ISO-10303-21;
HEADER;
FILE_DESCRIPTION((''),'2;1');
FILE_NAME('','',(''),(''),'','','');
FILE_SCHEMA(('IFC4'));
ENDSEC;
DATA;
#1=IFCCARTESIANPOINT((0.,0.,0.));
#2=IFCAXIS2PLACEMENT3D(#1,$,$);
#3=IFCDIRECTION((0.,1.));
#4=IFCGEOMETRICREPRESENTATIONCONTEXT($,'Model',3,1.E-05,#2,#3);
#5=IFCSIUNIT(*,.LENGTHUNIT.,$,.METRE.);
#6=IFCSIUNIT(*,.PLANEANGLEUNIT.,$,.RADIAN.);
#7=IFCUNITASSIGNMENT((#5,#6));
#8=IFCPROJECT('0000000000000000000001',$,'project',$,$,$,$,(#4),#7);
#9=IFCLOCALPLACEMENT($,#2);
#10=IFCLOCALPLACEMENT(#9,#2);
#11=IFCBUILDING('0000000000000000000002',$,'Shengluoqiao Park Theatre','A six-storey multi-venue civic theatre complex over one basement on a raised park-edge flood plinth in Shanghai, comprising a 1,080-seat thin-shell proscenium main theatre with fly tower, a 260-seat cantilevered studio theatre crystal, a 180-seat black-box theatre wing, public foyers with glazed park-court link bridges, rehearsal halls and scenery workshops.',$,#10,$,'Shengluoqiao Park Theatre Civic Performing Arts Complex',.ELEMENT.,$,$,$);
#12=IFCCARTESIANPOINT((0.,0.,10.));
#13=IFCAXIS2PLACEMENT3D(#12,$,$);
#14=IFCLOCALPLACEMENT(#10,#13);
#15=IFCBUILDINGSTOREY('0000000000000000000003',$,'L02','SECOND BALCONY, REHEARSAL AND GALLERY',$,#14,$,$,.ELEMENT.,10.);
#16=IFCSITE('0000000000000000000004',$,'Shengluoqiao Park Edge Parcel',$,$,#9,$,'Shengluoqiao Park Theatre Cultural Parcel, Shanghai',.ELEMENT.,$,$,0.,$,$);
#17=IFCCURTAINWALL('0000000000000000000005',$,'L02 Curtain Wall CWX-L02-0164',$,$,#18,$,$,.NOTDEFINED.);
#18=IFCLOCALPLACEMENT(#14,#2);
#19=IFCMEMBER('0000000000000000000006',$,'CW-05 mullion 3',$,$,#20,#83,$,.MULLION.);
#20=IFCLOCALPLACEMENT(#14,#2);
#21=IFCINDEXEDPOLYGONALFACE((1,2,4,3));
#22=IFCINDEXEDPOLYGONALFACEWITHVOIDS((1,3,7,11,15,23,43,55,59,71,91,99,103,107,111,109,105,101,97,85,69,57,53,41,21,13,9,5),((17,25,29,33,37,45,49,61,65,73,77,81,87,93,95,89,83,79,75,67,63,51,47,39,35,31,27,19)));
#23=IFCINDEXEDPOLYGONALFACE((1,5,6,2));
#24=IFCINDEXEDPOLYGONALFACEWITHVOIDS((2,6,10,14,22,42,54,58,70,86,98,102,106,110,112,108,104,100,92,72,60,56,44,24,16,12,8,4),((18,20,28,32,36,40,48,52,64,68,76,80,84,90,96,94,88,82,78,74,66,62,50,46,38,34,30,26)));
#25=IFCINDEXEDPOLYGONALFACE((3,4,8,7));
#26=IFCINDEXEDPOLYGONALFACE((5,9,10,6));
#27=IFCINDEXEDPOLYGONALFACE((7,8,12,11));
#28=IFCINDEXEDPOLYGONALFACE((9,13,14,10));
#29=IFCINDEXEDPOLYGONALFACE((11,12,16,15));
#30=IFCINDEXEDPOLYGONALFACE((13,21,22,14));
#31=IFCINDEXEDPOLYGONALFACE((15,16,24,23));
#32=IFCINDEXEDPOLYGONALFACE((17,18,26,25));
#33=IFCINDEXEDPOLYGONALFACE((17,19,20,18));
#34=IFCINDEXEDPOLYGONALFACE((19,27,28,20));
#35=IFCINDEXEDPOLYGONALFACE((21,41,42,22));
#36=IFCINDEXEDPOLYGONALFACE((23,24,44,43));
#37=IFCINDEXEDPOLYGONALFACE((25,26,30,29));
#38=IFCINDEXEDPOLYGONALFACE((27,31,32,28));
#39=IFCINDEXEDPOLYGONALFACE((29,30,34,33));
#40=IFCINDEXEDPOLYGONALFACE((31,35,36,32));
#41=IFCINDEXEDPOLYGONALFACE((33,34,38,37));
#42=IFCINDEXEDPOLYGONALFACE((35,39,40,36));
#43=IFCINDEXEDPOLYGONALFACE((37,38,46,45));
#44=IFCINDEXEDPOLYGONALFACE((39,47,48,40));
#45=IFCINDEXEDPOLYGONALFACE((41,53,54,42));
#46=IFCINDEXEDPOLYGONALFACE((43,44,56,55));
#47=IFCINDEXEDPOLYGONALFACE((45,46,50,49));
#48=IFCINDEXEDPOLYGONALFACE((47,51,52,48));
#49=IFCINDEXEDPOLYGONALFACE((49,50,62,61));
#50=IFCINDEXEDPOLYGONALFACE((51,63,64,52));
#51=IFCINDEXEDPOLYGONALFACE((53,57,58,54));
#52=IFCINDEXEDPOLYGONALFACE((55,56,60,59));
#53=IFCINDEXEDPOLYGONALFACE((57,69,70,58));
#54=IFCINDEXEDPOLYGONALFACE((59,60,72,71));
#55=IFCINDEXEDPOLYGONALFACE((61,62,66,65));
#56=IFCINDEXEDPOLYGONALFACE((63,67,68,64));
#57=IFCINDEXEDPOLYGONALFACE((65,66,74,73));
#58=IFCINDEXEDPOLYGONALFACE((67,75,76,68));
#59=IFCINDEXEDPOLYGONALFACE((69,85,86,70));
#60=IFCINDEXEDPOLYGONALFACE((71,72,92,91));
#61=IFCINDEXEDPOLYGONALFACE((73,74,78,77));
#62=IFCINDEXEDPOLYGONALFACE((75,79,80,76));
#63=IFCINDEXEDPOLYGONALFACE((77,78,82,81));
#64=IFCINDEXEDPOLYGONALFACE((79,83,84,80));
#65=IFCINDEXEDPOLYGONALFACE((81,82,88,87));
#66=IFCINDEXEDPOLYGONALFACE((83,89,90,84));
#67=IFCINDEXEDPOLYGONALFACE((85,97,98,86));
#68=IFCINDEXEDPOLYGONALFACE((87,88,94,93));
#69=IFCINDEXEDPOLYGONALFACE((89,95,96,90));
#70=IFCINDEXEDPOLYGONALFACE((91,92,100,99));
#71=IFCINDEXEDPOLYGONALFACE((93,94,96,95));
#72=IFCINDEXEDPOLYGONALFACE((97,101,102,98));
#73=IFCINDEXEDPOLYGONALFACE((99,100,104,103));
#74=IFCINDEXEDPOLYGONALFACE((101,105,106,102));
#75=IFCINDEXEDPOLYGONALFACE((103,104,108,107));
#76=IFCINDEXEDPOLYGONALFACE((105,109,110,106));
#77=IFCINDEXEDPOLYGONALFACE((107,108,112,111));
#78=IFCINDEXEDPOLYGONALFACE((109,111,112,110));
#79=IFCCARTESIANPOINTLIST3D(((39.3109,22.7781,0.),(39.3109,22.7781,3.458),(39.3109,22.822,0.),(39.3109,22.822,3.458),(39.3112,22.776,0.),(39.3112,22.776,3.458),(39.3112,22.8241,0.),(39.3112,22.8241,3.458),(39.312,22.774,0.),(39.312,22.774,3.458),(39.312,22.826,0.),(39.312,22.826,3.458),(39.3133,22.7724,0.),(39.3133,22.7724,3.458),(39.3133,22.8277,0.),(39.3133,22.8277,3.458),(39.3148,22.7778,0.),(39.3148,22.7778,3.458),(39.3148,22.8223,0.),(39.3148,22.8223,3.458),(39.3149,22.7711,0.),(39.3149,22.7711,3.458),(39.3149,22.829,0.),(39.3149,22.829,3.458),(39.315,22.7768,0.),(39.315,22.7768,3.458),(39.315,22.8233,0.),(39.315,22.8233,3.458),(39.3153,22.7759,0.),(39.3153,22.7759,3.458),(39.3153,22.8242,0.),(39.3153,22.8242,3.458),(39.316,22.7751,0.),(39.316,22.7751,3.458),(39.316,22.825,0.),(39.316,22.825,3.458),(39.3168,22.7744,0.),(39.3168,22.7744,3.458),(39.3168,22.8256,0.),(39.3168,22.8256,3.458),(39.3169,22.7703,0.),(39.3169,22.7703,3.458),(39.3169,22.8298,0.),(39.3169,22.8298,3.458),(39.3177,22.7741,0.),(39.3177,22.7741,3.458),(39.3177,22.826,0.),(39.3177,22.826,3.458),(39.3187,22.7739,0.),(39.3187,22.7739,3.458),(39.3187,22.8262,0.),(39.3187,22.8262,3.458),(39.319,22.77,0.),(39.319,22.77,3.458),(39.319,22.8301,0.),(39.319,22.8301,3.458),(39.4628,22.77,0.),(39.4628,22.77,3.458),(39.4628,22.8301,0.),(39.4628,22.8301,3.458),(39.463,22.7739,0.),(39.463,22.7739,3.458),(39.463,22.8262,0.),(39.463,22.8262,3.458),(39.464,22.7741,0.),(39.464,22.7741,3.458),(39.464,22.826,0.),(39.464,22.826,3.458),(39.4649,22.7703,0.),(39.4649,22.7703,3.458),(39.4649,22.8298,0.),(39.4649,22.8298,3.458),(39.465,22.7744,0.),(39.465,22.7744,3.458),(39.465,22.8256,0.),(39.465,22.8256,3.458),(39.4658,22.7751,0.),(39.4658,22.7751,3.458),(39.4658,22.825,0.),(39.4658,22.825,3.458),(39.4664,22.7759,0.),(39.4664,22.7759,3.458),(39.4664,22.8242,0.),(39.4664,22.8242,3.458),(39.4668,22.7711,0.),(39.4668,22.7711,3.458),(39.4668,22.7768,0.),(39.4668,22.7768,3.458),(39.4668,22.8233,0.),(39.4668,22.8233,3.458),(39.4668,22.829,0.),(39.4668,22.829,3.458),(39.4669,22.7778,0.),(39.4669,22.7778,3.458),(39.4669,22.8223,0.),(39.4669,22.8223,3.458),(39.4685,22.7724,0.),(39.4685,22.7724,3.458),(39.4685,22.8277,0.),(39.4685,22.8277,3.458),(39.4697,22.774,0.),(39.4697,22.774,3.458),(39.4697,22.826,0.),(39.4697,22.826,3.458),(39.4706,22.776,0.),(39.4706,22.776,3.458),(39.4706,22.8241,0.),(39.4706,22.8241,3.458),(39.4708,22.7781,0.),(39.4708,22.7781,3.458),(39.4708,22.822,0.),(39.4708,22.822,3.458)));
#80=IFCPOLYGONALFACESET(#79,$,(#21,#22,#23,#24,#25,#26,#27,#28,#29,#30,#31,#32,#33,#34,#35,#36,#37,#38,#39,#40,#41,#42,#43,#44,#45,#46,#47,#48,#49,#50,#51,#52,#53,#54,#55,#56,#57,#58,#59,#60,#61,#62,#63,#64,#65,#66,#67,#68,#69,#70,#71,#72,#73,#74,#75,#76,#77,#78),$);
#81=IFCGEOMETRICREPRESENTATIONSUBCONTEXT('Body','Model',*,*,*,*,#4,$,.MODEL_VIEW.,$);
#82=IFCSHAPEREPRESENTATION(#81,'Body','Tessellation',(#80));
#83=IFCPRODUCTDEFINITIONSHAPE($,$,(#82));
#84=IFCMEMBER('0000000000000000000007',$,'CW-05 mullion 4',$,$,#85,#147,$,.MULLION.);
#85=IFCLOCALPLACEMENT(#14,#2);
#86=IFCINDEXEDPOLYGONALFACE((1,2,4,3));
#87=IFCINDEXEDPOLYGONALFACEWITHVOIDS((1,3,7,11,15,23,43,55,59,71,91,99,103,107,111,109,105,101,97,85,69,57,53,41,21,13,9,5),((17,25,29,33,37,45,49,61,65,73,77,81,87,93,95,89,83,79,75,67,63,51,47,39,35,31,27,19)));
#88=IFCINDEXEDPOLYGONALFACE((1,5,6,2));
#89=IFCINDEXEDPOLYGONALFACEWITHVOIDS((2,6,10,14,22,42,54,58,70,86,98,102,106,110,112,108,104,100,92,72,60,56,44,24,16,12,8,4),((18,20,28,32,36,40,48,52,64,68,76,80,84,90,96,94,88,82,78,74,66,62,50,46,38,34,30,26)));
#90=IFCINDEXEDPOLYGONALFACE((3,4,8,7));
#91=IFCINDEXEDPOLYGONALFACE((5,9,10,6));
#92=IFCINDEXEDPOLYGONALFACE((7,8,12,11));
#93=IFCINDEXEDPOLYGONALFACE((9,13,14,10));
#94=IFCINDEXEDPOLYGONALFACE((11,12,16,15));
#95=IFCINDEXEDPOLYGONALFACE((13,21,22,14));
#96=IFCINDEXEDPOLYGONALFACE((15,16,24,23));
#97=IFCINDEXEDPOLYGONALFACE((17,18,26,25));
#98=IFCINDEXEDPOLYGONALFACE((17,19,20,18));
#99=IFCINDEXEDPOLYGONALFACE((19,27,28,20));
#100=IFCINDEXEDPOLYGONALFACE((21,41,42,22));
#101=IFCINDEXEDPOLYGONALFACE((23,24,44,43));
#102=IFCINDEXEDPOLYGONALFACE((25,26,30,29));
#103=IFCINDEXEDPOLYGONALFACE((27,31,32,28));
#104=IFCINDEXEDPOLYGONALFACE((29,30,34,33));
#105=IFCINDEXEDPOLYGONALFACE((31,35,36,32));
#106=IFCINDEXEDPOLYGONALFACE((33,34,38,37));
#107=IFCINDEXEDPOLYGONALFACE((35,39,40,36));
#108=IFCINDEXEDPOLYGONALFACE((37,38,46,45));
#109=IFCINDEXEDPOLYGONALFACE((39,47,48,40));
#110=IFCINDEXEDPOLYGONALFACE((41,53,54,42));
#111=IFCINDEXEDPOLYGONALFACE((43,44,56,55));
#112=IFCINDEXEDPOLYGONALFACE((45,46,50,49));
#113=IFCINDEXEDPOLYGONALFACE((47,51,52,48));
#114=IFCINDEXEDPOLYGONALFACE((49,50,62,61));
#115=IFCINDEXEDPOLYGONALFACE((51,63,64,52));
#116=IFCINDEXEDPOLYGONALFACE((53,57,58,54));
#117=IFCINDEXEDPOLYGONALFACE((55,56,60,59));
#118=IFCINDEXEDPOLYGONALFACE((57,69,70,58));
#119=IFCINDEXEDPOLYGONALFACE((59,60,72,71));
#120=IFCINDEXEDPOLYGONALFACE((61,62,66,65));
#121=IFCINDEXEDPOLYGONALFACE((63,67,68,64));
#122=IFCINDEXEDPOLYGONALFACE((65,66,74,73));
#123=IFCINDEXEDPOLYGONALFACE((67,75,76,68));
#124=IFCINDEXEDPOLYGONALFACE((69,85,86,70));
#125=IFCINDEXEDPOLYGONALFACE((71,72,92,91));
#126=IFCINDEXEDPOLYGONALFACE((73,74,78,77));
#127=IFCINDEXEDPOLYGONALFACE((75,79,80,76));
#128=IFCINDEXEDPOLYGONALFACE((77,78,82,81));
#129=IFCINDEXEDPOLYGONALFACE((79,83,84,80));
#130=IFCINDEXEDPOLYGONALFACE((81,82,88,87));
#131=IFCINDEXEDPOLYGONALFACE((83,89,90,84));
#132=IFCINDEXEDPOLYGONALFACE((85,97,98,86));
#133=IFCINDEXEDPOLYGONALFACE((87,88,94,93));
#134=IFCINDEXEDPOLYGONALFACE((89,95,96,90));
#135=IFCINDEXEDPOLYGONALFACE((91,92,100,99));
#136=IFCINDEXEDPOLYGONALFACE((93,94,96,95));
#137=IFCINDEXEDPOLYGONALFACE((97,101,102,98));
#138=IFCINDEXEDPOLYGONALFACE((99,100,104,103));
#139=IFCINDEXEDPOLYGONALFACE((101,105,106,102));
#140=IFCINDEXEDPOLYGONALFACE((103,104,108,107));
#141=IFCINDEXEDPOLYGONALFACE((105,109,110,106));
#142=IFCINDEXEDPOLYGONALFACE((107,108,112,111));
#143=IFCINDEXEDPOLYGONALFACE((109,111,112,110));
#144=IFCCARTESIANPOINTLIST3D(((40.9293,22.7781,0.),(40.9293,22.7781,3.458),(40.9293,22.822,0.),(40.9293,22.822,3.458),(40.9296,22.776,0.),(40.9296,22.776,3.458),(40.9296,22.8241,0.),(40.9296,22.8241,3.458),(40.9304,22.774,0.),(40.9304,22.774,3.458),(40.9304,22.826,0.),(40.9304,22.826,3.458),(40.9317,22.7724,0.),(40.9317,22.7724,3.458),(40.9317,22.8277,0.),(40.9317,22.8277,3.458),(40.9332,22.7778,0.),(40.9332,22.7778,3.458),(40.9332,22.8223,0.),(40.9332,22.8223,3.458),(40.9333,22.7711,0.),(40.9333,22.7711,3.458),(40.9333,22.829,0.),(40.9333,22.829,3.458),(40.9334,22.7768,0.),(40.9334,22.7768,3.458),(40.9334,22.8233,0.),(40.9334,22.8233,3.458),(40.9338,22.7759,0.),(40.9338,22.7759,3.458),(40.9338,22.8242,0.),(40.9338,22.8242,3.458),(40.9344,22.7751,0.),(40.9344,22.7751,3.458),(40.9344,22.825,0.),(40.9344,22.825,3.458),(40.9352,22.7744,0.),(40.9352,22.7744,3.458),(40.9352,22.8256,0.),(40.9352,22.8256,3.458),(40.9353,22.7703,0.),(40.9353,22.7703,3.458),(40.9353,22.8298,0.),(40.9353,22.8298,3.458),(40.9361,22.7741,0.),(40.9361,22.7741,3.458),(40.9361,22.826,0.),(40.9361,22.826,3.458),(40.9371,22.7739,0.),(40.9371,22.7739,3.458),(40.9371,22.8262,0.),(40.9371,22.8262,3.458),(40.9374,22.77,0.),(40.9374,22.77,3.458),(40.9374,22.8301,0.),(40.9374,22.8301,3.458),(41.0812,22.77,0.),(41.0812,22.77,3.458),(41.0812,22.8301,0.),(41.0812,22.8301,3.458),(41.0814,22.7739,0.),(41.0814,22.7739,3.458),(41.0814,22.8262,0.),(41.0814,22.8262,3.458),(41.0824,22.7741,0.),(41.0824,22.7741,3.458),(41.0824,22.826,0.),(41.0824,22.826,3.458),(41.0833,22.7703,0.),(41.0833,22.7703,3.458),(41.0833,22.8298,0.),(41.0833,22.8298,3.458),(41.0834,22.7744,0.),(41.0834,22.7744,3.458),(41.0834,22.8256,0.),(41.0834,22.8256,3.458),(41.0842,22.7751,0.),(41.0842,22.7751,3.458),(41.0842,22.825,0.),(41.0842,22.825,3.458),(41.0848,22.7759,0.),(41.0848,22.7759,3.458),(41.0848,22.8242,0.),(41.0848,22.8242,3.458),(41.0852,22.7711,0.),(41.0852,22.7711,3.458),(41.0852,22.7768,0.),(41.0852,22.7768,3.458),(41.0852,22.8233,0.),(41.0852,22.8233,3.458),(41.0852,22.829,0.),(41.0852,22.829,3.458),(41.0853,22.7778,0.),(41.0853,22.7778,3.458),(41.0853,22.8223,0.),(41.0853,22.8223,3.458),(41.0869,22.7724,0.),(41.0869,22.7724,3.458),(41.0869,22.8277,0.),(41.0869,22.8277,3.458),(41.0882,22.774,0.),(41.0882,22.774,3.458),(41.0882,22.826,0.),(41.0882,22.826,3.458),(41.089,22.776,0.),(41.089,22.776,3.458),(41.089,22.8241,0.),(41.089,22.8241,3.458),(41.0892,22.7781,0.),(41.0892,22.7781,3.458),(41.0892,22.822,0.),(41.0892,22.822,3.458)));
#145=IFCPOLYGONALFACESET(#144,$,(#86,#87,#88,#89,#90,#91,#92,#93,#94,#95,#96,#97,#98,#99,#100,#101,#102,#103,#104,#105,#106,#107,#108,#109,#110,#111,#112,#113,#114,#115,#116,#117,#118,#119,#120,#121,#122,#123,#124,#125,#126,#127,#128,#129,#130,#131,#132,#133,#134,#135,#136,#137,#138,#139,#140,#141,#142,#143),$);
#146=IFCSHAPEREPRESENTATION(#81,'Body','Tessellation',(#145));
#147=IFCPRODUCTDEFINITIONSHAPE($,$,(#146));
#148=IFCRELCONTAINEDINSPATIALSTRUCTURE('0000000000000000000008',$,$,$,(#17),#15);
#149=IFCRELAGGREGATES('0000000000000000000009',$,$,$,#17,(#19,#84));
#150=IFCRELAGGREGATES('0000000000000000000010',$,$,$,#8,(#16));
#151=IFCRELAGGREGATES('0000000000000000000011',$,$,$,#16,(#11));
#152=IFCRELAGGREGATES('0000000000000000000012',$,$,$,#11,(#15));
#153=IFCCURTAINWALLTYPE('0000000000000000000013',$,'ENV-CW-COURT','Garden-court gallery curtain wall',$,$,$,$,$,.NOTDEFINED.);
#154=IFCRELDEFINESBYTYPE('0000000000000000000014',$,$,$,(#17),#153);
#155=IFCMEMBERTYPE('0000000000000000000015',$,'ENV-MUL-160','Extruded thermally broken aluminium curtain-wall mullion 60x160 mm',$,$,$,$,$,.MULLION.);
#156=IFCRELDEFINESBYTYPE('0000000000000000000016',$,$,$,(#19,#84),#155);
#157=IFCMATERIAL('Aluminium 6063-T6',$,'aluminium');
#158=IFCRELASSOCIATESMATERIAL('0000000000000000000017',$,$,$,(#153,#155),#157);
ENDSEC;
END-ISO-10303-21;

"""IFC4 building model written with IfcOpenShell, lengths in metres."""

from ifc_helpers import new_model, si_unit, direction, frame, origin, origin_2d, place, context, subcontext, project, spatial, hollow_rectangle, extrude, material, material_profile, profile_set, type_object, element, aggregate, save


model = new_model("IFC4")

# Units and contexts
model_context = context("Model", 3, precision=1e-05, world=origin(), true_north=direction((0.0, 1.0)))
body_context = subcontext(model_context, "Body", "Model", "MODEL_VIEW")
ifc_project = project(units=[si_unit("LENGTHUNIT", "METRE"), si_unit("PLANEANGLEUNIT", "RADIAN")], contexts=[model_context])

# Site, building, storey
site_placement = place(None, origin())
site = spatial("IfcSite", under=ifc_project, at=site_placement, Name="Shengluoqiao Park Edge Parcel", LongName="Shengluoqiao Park Theatre Cultural Parcel, Shanghai", CompositionType="ELEMENT", RefElevation=0.0)
building_placement = place(site_placement, origin())
building = spatial("IfcBuilding", under=site, at=building_placement, Name="Shengluoqiao Park Theatre", Description="A six-storey multi-venue civic theatre complex over one basement on a raised park-edge flood plinth in Shanghai, comprising a 1,080-seat thin-shell proscenium main theatre with fly tower, a 260-seat cantilevered studio theatre crystal, a 180-seat black-box theatre wing, public foyers with glazed park-court link bridges, rehearsal halls and scenery workshops.", LongName="Shengluoqiao Park Theatre Civic Performing Arts Complex", CompositionType="ELEMENT")
storey_placement = place(building_placement, frame((0.0, 0.0, 10.0)))
storey = spatial("IfcBuildingStorey", under=building, at=storey_placement, Name="L02", Description="SECOND BALCONY, REHEARSAL AND GALLERY", CompositionType="ELEMENT", Elevation=10.0)

# Curtain wall, members
ifc_material_1 = material(Name="Aluminium 6063-T6", Category="aluminium")
curtain_wall_type = type_object("IfcCurtainWallType", Name="ENV-CW-COURT", Description="Garden-court gallery curtain wall", PredefinedType="NOTDEFINED", material=ifc_material_1)
curtain_wall_placement = place(storey_placement, origin())
curtain_wall = element("IfcCurtainWall", 1, at=curtain_wall_placement, inside=storey, type_object=curtain_wall_type, Name="L02 Curtain Wall CWX-L02-0164", PredefinedType="NOTDEFINED")
ifc_material_profile_1 = material_profile(ifc_material_1, hollow_rectangle(XDim=0.0601, YDim=0.1599, WallThickness=0.0039, InnerFilletRadius=0.0039, OuterFilletRadius=0.0081, at=origin_2d()), Name="ALU MULLION 160x60x4")
ifc_profile_set_1 = profile_set([ifc_material_profile_1], Name="Aluminium 6063-T6")
member_type_1 = type_object("IfcMemberType", Name="ENV-MUL-160", Description="Extruded thermally broken aluminium curtain-wall mullion 60x160 mm", PredefinedType="MULLION", material=ifc_profile_set_1)
member_1_placement = place(storey_placement, frame((39.3909, 22.8, 0.0), z_axis=(0.0, 0.0, 1.0), x_axis=(0.0, 1.0, 0.0)))
member_1 = element("IfcMember", 2, at=member_1_placement, type_object=member_type_1, Name="CW-05 mullion 3", PredefinedType="MULLION", context=body_context, shape_type="SweptSolid", body=[
    extrude(hollow_rectangle(XDim=0.0601, YDim=0.1599, WallThickness=0.0039, InnerFilletRadius=0.0039, OuterFilletRadius=0.0081, at=origin_2d()), origin(), (0.0, 0.0, 1.0), 3.458),
])
member_2_placement = place(storey_placement, frame((41.0093, 22.8, 0.0), z_axis=(0.0, 0.0, 1.0), x_axis=(0.0, 1.0, 0.0)))
member_2 = element("IfcMember", 3, at=member_2_placement, type_object=member_type_1, Name="CW-05 mullion 4", PredefinedType="MULLION", context=body_context, shape_type="SweptSolid", body=[
    extrude(hollow_rectangle(XDim=0.0601, YDim=0.1599, WallThickness=0.0039, InnerFilletRadius=0.0039, OuterFilletRadius=0.0081, at=origin_2d()), origin(), (0.0, 0.0, 1.0), 3.458),
])

aggregate(curtain_wall, [member_1, member_2])

save(model, "model.ifc")
